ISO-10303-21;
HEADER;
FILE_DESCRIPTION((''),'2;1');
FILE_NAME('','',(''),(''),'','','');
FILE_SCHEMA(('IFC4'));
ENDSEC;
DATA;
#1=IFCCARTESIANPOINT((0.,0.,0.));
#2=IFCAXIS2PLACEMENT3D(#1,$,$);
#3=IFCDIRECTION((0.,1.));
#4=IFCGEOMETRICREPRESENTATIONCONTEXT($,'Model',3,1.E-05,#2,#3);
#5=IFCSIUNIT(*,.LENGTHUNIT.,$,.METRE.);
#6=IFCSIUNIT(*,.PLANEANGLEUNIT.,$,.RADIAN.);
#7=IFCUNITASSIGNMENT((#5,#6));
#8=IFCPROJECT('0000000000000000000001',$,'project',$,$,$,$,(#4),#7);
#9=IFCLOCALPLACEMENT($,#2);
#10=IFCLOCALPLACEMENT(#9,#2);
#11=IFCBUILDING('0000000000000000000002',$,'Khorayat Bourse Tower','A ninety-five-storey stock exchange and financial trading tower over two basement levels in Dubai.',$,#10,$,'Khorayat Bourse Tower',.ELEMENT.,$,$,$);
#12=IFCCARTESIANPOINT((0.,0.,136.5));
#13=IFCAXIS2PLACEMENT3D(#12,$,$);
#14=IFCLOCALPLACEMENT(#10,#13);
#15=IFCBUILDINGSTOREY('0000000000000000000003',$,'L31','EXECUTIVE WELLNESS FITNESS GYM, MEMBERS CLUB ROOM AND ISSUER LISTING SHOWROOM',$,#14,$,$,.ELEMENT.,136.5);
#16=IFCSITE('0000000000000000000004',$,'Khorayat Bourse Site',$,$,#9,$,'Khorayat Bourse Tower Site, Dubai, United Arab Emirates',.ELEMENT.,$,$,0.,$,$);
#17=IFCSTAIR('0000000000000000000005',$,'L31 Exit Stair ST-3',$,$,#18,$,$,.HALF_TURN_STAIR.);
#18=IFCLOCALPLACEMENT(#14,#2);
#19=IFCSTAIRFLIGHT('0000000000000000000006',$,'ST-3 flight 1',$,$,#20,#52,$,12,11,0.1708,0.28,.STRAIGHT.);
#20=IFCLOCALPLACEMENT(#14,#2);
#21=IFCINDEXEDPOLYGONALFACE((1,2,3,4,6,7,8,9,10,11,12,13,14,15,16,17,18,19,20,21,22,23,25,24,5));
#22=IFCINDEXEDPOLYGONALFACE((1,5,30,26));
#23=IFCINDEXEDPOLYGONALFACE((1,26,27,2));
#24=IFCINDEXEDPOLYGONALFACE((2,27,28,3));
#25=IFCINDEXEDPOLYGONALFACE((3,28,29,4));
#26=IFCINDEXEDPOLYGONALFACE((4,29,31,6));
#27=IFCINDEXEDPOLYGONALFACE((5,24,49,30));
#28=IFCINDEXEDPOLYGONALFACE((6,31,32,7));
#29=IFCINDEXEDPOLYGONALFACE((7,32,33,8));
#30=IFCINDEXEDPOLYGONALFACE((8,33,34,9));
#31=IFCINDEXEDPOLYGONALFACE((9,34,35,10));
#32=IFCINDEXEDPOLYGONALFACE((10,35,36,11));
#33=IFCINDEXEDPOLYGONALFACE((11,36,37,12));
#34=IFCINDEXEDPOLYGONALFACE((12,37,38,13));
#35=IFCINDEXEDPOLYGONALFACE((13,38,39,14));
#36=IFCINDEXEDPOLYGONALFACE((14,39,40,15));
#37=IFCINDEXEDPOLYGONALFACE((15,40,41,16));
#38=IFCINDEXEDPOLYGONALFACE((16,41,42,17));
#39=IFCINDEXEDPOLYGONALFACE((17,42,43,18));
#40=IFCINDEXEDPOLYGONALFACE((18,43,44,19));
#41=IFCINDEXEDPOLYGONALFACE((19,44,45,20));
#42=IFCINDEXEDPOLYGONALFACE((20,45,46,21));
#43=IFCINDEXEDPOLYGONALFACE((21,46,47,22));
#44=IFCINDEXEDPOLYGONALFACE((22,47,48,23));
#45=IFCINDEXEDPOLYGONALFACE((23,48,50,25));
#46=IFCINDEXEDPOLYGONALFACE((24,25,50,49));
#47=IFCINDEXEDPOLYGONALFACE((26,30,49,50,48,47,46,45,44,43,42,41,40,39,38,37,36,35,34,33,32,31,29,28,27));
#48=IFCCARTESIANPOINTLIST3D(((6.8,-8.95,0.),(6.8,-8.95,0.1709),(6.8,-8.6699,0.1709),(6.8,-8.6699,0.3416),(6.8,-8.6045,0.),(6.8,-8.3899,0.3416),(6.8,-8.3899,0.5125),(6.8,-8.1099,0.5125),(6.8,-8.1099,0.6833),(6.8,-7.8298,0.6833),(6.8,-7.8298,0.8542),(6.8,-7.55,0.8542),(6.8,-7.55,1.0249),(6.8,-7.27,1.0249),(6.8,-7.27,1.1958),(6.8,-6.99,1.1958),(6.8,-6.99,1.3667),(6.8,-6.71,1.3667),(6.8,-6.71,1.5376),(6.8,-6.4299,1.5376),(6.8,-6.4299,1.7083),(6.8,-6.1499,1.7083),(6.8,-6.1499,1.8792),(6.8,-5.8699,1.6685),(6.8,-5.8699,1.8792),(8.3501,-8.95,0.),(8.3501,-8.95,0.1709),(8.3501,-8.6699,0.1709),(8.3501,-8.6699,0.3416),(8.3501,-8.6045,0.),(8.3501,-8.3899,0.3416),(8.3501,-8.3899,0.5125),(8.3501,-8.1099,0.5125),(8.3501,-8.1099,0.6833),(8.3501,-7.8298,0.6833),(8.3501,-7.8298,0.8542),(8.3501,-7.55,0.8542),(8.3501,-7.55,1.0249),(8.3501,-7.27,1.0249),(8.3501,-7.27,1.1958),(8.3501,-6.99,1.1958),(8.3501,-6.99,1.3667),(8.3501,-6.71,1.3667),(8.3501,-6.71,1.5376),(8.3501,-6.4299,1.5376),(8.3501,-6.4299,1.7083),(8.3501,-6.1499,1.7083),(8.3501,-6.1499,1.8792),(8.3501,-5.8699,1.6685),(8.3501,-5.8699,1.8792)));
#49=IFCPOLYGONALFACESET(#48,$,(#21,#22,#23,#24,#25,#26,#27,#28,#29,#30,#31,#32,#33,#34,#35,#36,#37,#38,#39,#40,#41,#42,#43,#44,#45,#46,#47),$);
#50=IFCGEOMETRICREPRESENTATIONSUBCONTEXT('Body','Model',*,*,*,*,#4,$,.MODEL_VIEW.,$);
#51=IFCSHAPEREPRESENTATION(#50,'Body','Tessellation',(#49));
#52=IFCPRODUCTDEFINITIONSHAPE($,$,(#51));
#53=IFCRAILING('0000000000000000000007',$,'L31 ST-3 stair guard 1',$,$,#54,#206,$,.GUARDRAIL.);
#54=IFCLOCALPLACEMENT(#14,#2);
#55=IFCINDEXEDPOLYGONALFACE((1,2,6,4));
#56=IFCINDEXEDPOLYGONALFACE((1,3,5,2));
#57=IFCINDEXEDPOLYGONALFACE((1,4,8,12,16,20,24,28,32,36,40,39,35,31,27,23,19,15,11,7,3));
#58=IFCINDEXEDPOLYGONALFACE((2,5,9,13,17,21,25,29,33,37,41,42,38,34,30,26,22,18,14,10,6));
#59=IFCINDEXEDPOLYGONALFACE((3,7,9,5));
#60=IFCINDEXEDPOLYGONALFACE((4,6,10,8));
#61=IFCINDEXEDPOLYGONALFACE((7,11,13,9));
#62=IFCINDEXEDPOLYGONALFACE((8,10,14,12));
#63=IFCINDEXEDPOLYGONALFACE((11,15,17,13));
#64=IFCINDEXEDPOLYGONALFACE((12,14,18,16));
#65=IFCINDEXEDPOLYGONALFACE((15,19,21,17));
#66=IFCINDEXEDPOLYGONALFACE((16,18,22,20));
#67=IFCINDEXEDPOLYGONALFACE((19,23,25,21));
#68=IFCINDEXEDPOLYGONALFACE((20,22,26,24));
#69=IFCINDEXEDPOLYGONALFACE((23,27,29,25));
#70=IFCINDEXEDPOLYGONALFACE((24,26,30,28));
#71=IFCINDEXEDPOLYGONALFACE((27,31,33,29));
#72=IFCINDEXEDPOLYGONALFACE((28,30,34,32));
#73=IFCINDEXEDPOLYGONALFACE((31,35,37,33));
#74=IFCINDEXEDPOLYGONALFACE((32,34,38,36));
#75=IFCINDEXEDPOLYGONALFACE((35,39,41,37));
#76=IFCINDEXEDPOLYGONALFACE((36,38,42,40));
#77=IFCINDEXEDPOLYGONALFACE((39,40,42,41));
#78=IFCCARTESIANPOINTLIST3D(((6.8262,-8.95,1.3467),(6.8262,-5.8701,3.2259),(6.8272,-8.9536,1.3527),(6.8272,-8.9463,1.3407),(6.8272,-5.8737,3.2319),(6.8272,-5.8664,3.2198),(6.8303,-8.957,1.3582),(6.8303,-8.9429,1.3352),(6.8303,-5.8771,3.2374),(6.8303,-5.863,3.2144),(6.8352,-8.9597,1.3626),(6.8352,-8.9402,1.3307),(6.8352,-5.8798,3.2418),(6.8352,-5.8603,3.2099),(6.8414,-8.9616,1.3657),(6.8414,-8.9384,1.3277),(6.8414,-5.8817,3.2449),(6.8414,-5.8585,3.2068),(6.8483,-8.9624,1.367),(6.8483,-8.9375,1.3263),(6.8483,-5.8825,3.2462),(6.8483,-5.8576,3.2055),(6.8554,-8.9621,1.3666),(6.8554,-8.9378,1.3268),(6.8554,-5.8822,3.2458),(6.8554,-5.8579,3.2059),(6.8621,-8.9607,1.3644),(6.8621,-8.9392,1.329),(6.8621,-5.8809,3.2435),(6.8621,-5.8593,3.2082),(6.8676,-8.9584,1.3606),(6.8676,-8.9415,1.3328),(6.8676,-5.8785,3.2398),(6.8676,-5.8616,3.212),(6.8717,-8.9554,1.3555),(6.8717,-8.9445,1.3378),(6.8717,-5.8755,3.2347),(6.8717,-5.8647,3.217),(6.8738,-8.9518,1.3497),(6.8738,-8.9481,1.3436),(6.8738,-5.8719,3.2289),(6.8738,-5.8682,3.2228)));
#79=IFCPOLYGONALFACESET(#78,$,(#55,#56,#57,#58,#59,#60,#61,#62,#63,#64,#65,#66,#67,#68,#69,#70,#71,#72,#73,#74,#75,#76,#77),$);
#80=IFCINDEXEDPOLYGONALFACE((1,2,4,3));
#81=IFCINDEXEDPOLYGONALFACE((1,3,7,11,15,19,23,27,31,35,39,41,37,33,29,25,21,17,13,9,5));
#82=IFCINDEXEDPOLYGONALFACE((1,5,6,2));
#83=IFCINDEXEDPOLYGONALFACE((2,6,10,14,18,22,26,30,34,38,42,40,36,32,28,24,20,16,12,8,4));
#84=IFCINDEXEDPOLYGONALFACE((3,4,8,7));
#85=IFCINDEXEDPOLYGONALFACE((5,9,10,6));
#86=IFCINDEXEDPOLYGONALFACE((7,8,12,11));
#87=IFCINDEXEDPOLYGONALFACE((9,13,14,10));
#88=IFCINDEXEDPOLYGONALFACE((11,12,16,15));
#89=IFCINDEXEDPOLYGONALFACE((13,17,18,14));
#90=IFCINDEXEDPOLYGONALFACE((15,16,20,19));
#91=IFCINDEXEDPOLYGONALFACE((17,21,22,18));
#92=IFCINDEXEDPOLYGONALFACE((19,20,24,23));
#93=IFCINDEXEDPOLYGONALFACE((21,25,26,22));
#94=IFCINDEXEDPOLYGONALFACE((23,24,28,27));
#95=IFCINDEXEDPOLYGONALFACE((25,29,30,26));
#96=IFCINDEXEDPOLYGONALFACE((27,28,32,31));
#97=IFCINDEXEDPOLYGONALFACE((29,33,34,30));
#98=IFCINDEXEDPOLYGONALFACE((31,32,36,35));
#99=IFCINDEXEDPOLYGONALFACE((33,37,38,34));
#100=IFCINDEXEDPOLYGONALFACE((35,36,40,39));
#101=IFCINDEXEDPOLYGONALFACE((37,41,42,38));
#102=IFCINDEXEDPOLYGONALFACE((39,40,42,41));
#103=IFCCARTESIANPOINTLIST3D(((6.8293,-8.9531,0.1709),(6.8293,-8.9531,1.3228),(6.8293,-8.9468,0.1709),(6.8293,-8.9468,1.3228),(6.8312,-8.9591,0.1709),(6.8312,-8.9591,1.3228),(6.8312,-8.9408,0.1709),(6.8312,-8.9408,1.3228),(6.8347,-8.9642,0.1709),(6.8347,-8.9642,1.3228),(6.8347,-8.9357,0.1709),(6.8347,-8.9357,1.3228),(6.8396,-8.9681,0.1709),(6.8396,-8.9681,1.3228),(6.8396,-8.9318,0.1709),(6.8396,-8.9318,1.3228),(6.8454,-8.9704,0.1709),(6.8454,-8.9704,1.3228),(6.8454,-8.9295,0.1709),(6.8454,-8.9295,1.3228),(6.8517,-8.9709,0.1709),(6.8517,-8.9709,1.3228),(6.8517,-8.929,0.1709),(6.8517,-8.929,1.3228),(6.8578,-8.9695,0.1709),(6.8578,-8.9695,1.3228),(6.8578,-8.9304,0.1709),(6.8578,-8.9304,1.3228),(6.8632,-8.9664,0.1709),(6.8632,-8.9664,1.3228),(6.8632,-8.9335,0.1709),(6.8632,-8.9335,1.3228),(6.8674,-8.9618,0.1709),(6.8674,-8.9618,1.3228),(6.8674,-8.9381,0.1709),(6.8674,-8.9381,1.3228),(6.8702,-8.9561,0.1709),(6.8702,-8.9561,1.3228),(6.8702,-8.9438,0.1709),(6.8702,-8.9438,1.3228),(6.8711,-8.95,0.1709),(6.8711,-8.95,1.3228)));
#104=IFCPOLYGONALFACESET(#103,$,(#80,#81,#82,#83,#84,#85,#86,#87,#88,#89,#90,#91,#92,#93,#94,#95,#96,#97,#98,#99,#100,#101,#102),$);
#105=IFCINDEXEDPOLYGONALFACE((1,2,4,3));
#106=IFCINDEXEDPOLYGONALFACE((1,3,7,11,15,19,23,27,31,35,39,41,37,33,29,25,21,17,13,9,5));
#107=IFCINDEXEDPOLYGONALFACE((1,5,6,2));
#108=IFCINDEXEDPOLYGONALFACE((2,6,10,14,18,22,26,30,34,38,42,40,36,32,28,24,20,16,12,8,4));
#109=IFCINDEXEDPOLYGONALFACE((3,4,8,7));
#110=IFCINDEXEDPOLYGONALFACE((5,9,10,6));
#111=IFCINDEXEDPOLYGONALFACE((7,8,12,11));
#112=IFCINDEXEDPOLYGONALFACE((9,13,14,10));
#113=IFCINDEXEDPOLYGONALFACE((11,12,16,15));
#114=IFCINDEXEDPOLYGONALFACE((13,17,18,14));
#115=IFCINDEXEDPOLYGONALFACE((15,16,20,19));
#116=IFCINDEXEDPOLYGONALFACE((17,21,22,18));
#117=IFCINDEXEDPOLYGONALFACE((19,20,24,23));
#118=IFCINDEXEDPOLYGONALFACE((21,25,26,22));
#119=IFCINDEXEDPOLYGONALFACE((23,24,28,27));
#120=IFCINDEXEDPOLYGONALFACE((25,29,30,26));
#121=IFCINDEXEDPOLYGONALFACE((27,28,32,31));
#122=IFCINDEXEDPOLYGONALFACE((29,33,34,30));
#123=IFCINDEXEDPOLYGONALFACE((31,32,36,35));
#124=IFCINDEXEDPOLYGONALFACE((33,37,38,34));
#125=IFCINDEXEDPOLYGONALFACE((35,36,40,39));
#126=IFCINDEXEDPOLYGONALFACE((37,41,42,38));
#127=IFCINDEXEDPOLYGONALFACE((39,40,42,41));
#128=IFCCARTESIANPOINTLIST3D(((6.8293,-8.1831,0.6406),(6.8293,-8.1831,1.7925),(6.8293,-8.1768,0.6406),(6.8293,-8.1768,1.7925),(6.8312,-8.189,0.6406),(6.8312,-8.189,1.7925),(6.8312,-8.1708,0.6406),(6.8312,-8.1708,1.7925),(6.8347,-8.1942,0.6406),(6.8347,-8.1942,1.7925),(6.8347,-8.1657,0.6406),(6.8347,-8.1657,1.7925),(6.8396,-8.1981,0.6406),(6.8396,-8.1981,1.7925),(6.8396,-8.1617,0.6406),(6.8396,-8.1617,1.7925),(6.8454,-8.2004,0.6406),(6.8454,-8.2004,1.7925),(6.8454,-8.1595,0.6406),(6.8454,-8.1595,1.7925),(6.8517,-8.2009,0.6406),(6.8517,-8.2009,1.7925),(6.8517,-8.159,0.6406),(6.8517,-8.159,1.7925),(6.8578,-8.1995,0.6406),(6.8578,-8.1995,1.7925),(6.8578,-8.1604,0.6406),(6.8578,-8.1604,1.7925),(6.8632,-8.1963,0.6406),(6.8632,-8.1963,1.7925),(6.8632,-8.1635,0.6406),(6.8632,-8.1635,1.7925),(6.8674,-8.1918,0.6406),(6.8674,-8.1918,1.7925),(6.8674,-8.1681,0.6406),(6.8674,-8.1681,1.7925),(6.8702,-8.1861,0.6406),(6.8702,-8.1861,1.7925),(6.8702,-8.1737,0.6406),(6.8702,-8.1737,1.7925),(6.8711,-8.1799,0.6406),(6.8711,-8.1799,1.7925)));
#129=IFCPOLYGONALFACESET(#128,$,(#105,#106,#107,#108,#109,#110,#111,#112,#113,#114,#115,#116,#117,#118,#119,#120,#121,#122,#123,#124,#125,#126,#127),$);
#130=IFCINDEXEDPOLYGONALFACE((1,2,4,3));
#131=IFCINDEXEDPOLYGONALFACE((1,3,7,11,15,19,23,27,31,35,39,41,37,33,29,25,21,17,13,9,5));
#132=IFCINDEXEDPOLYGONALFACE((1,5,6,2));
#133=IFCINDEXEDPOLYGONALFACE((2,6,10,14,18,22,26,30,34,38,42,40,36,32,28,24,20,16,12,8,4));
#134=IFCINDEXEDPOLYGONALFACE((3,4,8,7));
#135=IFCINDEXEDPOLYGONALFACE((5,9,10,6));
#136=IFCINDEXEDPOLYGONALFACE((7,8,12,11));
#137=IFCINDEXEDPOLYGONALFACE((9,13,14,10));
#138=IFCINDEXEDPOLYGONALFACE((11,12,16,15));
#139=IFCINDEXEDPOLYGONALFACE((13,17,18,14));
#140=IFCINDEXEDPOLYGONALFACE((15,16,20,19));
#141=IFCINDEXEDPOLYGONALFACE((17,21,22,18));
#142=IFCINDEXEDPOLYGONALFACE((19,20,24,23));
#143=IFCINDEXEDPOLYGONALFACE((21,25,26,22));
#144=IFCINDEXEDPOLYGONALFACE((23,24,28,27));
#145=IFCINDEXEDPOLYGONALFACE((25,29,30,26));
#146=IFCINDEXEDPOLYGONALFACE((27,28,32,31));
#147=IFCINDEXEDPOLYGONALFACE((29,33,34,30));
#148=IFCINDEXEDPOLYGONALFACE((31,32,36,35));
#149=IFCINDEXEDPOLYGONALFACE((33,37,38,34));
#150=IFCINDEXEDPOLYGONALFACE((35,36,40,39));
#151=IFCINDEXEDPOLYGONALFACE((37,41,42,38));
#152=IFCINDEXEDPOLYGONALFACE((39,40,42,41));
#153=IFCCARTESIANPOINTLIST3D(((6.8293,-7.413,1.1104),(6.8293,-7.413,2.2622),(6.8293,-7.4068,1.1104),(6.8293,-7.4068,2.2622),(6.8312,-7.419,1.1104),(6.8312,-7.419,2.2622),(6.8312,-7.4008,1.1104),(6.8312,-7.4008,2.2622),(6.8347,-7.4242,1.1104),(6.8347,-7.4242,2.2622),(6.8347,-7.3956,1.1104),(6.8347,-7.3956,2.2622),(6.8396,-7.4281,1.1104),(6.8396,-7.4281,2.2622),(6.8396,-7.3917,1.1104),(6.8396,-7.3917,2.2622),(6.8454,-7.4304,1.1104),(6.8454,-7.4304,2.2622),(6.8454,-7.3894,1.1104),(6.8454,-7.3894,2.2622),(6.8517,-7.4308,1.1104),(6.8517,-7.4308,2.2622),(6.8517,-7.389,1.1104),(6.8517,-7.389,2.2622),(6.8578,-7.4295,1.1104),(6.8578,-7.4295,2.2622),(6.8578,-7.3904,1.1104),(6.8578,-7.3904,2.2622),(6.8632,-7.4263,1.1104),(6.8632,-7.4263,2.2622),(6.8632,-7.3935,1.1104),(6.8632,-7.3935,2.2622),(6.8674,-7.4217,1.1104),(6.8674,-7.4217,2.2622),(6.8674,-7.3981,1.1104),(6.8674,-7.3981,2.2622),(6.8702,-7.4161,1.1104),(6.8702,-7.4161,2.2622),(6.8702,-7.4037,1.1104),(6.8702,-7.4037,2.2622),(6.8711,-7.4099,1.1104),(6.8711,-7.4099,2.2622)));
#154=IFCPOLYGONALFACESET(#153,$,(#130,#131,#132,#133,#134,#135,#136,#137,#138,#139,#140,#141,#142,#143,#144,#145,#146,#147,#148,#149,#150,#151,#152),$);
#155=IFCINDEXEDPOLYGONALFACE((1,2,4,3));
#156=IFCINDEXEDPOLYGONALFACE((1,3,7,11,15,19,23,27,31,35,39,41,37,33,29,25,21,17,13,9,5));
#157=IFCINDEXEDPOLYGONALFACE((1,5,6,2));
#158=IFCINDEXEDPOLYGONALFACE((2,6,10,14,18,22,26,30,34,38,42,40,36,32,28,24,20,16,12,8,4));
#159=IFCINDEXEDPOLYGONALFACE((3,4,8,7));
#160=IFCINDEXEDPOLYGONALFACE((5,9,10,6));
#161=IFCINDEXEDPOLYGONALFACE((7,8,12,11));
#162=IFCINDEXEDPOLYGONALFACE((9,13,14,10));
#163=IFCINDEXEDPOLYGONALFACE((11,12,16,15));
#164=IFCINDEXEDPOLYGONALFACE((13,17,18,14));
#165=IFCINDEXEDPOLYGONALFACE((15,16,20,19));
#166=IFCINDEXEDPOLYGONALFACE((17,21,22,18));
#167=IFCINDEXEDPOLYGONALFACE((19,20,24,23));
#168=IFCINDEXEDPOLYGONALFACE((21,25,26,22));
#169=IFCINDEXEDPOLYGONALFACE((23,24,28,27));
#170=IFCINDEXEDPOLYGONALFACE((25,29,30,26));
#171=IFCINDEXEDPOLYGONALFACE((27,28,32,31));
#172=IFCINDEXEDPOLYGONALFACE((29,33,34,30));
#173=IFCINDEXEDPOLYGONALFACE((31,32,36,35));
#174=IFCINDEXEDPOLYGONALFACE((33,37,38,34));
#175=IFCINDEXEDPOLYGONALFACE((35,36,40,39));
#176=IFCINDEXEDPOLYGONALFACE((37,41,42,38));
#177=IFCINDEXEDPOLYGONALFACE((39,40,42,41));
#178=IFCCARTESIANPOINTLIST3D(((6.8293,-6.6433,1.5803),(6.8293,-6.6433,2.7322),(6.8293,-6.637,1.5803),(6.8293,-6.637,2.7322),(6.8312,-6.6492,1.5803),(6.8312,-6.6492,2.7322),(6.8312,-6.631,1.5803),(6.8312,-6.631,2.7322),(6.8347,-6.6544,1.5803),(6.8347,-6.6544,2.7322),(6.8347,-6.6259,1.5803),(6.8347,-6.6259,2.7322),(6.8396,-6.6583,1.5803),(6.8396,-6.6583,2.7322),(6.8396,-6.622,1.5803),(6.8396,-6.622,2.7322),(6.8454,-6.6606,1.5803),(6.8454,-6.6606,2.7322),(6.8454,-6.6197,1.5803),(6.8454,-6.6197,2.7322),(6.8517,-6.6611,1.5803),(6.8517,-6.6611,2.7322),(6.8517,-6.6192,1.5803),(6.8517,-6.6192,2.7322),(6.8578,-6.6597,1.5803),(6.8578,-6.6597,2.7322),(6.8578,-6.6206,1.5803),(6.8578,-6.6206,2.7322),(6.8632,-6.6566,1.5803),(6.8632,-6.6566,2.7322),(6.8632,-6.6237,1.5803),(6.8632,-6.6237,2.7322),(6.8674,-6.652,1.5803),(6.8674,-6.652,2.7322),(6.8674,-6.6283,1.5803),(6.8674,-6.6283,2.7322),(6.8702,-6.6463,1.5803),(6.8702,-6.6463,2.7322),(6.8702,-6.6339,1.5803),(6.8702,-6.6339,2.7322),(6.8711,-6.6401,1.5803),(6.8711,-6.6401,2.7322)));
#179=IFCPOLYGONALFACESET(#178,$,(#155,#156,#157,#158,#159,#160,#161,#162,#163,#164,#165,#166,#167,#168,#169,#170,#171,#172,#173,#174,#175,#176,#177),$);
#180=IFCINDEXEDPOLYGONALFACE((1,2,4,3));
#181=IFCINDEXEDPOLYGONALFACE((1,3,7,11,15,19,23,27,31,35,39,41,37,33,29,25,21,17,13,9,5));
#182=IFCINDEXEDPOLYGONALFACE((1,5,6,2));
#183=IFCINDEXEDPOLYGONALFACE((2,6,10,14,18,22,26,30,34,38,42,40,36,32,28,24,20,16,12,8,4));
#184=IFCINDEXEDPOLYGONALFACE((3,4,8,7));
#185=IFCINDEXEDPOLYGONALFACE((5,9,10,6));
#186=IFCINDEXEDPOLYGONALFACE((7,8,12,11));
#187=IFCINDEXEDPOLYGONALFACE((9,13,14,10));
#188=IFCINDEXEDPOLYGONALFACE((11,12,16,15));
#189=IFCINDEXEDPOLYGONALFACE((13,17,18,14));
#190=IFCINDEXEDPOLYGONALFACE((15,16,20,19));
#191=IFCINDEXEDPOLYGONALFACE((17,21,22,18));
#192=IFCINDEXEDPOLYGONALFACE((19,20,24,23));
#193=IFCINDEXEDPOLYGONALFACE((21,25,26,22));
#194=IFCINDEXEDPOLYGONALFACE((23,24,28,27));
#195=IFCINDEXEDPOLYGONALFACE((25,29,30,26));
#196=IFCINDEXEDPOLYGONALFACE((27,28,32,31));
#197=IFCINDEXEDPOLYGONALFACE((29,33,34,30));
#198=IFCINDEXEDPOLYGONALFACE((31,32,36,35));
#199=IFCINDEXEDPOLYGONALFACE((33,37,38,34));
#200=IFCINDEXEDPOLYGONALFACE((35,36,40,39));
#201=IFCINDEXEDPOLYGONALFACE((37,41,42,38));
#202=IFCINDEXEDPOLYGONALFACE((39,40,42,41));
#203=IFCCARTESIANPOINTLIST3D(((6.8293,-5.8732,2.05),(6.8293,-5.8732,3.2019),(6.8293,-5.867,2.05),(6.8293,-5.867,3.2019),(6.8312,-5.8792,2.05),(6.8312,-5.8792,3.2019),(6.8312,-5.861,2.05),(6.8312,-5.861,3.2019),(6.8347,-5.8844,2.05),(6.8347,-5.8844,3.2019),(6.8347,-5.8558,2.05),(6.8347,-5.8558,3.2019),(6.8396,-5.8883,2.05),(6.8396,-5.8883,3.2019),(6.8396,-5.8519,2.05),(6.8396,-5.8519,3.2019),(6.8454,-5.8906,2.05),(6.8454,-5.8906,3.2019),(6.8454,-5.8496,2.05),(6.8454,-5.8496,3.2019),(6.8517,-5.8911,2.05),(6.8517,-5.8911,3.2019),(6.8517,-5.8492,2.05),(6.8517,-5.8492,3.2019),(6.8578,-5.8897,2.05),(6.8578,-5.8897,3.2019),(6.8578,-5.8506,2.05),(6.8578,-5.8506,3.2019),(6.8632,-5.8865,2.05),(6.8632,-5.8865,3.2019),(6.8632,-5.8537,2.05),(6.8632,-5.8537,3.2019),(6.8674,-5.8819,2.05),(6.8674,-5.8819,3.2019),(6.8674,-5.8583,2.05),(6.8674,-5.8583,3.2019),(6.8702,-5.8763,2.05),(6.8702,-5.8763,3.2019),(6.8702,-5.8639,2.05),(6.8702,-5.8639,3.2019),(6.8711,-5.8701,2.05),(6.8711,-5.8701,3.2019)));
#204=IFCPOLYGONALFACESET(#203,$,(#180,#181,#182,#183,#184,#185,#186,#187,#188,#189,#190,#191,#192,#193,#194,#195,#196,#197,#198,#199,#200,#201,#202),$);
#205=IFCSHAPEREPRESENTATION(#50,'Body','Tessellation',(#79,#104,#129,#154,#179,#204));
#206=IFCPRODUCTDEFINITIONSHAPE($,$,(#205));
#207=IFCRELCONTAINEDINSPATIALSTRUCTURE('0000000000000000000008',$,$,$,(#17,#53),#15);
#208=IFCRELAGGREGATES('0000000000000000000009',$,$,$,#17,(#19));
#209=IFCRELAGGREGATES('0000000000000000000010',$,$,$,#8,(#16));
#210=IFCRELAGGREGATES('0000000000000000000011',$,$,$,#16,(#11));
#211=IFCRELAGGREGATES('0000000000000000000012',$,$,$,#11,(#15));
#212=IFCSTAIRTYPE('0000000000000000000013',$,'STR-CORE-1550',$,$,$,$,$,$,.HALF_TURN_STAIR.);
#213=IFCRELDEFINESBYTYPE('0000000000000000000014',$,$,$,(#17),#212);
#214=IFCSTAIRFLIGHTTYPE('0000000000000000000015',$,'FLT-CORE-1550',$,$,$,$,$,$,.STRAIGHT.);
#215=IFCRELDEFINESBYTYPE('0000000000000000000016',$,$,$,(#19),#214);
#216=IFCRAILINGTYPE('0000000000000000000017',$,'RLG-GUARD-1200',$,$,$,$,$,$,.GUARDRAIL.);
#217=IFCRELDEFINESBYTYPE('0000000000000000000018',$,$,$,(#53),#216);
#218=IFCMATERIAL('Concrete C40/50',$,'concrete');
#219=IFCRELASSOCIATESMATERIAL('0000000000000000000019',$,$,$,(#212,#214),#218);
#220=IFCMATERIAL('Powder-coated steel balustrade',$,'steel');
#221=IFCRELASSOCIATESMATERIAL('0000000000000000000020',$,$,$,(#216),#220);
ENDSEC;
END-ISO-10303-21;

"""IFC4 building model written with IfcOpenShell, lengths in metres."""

from ifc_helpers import new_model, si_unit, direction, frame, origin, origin_2d, place, context, subcontext, project, spatial, polyline, circle, outline, extrude, source, transform, mapped, material, type_object, element, aggregate, save


model = new_model("IFC4")

# Units and contexts
model_context = context("Model", 3, precision=1e-05, world=origin(), true_north=direction((0.0, 1.0)))
body_context = subcontext(model_context, "Body", "Model", "MODEL_VIEW")
ifc_project = project(units=[si_unit("LENGTHUNIT", "METRE"), si_unit("PLANEANGLEUNIT", "RADIAN")], contexts=[model_context])

# Site, building, storey
site_placement = place(None, origin())
site = spatial("IfcSite", under=ifc_project, at=site_placement, Name="Khorayat Bourse Site", LongName="Khorayat Bourse Tower Site, Dubai, United Arab Emirates", CompositionType="ELEMENT", RefElevation=0.0)
building_placement = place(site_placement, origin())
building = spatial("IfcBuilding", under=site, at=building_placement, Name="Khorayat Bourse Tower", Description="A ninety-five-storey stock exchange and financial trading tower over two basement levels in Dubai.", LongName="Khorayat Bourse Tower", CompositionType="ELEMENT")
storey_placement = place(building_placement, frame((0.0, 0.0, 136.5)))
storey = spatial("IfcBuildingStorey", under=building, at=storey_placement, Name="L31", Description="EXECUTIVE WELLNESS FITNESS GYM, MEMBERS CLUB ROOM AND ISSUER LISTING SHOWROOM", CompositionType="ELEMENT", Elevation=136.5)

# Stair, stair flight
ifc_material_1 = material(Name="Concrete C40/50", Category="concrete")
stair_type = type_object("IfcStairType", Name="STR-CORE-1550", PredefinedType="HALF_TURN_STAIR", material=ifc_material_1)
stair_placement = place(storey_placement, origin())
stair = element("IfcStair", 1, at=stair_placement, inside=storey, type_object=stair_type, Name="L31 Exit Stair ST-3", PredefinedType="HALF_TURN_STAIR")
stair_flight_type = type_object("IfcStairFlightType", Name="FLT-CORE-1550", PredefinedType="STRAIGHT", material=ifc_material_1)
shared_shape_1 = source(origin(), body_context, "Body", "SweptSolid", [
    extrude(outline(polyline([(0.0, 0.0), (0.0, 0.1709), (0.28, 0.1709), (0.28, 0.3416), (0.5601, 0.3416), (0.5601, 0.5125), (0.8401, 0.5125), (0.8401, 0.6833), (1.1201, 0.6833), (1.1201, 0.8542), (1.3999, 0.8542), (1.3999, 1.0249), (1.6799, 1.0249), (1.6799, 1.1958), (1.96, 1.1958), (1.96, 1.3667), (2.24, 1.3667), (2.24, 1.5376), (2.52, 1.5376), (2.52, 1.7083), (2.8, 1.7083), (2.8, 1.8792), (3.0801, 1.8792), (3.0801, 2.05), (3.0801, 1.6685), (0.3455, 0.0), (0.0, 0.0)])), frame((0.0, 0.7749, 0.0), z_axis=(0.0, -1.0, 0.0), x_axis=(1.0, 0.0, 0.0)), (0.0, 0.0, 1.0), 1.55),
])
stair_flight_placement = place(storey_placement, frame((7.575, -8.95, 0.0), z_axis=(0.0, 0.0, 1.0), x_axis=(0.0, 1.0, 0.0)))
stair_flight = element("IfcStairFlight", 2, at=stair_flight_placement, type_object=stair_flight_type, Name="ST-3 flight 1", NumberOfRisers=12, NumberOfTreads=11, PredefinedType="STRAIGHT", RiserHeight=0.1708, TreadLength=0.28, context=body_context, shape_type="MappedRepresentation", body=[
    mapped(shared_shape_1, transform((0.0, 0.0, 0.0), scale=1.0)),
])
aggregate(stair, [stair_flight])

# Railing
ifc_material_2 = material(Name="Powder-coated steel balustrade", Category="steel")
railing_type_1 = type_object("IfcRailingType", Name="RLG-GUARD-1200", PredefinedType="GUARDRAIL", material=ifc_material_2)
shared_shape_2 = source(origin(), body_context, "Body", "SweptSolid", [
    extrude(circle(Radius=0.0239, at=origin_2d()), frame((0.0, 0.0, 1.1758), z_axis=(0.0, 0.853648, 0.52085), x_axis=(-1.0, 0.0, 0.0)), (0.0, 0.0, 1.0), 3.6079),
    extrude(circle(Radius=0.021, at=origin_2d()), origin(), (0.0, 0.0, 1.0), 1.1519),
    extrude(circle(Radius=0.021, at=origin_2d()), frame((0.0, 0.77, 0.4697)), (0.0, 0.0, 1.0), 1.1519),
    extrude(circle(Radius=0.021, at=origin_2d()), frame((0.0, 1.54, 0.9395)), (0.0, 0.0, 1.0), 1.1519),
    extrude(circle(Radius=0.021, at=origin_2d()), frame((0.0, 2.3098, 1.4094)), (0.0, 0.0, 1.0), 1.1519),
    extrude(circle(Radius=0.021, at=origin_2d()), frame((0.0, 3.0798, 1.8792)), (0.0, 0.0, 1.0), 1.1519),
])
railing_1_placement = place(storey_placement, frame((6.8501, -8.95, 0.1709)))
element("IfcRailing", 3, at=railing_1_placement, inside=storey, type_object=railing_type_1, Name="L31 ST-3 stair guard 1", PredefinedType="GUARDRAIL", context=body_context, shape_type="MappedRepresentation", body=[
    mapped(shared_shape_2, transform((0.0, 0.0, 0.0), scale=1.0)),
])

save(model, "model.ifc")
